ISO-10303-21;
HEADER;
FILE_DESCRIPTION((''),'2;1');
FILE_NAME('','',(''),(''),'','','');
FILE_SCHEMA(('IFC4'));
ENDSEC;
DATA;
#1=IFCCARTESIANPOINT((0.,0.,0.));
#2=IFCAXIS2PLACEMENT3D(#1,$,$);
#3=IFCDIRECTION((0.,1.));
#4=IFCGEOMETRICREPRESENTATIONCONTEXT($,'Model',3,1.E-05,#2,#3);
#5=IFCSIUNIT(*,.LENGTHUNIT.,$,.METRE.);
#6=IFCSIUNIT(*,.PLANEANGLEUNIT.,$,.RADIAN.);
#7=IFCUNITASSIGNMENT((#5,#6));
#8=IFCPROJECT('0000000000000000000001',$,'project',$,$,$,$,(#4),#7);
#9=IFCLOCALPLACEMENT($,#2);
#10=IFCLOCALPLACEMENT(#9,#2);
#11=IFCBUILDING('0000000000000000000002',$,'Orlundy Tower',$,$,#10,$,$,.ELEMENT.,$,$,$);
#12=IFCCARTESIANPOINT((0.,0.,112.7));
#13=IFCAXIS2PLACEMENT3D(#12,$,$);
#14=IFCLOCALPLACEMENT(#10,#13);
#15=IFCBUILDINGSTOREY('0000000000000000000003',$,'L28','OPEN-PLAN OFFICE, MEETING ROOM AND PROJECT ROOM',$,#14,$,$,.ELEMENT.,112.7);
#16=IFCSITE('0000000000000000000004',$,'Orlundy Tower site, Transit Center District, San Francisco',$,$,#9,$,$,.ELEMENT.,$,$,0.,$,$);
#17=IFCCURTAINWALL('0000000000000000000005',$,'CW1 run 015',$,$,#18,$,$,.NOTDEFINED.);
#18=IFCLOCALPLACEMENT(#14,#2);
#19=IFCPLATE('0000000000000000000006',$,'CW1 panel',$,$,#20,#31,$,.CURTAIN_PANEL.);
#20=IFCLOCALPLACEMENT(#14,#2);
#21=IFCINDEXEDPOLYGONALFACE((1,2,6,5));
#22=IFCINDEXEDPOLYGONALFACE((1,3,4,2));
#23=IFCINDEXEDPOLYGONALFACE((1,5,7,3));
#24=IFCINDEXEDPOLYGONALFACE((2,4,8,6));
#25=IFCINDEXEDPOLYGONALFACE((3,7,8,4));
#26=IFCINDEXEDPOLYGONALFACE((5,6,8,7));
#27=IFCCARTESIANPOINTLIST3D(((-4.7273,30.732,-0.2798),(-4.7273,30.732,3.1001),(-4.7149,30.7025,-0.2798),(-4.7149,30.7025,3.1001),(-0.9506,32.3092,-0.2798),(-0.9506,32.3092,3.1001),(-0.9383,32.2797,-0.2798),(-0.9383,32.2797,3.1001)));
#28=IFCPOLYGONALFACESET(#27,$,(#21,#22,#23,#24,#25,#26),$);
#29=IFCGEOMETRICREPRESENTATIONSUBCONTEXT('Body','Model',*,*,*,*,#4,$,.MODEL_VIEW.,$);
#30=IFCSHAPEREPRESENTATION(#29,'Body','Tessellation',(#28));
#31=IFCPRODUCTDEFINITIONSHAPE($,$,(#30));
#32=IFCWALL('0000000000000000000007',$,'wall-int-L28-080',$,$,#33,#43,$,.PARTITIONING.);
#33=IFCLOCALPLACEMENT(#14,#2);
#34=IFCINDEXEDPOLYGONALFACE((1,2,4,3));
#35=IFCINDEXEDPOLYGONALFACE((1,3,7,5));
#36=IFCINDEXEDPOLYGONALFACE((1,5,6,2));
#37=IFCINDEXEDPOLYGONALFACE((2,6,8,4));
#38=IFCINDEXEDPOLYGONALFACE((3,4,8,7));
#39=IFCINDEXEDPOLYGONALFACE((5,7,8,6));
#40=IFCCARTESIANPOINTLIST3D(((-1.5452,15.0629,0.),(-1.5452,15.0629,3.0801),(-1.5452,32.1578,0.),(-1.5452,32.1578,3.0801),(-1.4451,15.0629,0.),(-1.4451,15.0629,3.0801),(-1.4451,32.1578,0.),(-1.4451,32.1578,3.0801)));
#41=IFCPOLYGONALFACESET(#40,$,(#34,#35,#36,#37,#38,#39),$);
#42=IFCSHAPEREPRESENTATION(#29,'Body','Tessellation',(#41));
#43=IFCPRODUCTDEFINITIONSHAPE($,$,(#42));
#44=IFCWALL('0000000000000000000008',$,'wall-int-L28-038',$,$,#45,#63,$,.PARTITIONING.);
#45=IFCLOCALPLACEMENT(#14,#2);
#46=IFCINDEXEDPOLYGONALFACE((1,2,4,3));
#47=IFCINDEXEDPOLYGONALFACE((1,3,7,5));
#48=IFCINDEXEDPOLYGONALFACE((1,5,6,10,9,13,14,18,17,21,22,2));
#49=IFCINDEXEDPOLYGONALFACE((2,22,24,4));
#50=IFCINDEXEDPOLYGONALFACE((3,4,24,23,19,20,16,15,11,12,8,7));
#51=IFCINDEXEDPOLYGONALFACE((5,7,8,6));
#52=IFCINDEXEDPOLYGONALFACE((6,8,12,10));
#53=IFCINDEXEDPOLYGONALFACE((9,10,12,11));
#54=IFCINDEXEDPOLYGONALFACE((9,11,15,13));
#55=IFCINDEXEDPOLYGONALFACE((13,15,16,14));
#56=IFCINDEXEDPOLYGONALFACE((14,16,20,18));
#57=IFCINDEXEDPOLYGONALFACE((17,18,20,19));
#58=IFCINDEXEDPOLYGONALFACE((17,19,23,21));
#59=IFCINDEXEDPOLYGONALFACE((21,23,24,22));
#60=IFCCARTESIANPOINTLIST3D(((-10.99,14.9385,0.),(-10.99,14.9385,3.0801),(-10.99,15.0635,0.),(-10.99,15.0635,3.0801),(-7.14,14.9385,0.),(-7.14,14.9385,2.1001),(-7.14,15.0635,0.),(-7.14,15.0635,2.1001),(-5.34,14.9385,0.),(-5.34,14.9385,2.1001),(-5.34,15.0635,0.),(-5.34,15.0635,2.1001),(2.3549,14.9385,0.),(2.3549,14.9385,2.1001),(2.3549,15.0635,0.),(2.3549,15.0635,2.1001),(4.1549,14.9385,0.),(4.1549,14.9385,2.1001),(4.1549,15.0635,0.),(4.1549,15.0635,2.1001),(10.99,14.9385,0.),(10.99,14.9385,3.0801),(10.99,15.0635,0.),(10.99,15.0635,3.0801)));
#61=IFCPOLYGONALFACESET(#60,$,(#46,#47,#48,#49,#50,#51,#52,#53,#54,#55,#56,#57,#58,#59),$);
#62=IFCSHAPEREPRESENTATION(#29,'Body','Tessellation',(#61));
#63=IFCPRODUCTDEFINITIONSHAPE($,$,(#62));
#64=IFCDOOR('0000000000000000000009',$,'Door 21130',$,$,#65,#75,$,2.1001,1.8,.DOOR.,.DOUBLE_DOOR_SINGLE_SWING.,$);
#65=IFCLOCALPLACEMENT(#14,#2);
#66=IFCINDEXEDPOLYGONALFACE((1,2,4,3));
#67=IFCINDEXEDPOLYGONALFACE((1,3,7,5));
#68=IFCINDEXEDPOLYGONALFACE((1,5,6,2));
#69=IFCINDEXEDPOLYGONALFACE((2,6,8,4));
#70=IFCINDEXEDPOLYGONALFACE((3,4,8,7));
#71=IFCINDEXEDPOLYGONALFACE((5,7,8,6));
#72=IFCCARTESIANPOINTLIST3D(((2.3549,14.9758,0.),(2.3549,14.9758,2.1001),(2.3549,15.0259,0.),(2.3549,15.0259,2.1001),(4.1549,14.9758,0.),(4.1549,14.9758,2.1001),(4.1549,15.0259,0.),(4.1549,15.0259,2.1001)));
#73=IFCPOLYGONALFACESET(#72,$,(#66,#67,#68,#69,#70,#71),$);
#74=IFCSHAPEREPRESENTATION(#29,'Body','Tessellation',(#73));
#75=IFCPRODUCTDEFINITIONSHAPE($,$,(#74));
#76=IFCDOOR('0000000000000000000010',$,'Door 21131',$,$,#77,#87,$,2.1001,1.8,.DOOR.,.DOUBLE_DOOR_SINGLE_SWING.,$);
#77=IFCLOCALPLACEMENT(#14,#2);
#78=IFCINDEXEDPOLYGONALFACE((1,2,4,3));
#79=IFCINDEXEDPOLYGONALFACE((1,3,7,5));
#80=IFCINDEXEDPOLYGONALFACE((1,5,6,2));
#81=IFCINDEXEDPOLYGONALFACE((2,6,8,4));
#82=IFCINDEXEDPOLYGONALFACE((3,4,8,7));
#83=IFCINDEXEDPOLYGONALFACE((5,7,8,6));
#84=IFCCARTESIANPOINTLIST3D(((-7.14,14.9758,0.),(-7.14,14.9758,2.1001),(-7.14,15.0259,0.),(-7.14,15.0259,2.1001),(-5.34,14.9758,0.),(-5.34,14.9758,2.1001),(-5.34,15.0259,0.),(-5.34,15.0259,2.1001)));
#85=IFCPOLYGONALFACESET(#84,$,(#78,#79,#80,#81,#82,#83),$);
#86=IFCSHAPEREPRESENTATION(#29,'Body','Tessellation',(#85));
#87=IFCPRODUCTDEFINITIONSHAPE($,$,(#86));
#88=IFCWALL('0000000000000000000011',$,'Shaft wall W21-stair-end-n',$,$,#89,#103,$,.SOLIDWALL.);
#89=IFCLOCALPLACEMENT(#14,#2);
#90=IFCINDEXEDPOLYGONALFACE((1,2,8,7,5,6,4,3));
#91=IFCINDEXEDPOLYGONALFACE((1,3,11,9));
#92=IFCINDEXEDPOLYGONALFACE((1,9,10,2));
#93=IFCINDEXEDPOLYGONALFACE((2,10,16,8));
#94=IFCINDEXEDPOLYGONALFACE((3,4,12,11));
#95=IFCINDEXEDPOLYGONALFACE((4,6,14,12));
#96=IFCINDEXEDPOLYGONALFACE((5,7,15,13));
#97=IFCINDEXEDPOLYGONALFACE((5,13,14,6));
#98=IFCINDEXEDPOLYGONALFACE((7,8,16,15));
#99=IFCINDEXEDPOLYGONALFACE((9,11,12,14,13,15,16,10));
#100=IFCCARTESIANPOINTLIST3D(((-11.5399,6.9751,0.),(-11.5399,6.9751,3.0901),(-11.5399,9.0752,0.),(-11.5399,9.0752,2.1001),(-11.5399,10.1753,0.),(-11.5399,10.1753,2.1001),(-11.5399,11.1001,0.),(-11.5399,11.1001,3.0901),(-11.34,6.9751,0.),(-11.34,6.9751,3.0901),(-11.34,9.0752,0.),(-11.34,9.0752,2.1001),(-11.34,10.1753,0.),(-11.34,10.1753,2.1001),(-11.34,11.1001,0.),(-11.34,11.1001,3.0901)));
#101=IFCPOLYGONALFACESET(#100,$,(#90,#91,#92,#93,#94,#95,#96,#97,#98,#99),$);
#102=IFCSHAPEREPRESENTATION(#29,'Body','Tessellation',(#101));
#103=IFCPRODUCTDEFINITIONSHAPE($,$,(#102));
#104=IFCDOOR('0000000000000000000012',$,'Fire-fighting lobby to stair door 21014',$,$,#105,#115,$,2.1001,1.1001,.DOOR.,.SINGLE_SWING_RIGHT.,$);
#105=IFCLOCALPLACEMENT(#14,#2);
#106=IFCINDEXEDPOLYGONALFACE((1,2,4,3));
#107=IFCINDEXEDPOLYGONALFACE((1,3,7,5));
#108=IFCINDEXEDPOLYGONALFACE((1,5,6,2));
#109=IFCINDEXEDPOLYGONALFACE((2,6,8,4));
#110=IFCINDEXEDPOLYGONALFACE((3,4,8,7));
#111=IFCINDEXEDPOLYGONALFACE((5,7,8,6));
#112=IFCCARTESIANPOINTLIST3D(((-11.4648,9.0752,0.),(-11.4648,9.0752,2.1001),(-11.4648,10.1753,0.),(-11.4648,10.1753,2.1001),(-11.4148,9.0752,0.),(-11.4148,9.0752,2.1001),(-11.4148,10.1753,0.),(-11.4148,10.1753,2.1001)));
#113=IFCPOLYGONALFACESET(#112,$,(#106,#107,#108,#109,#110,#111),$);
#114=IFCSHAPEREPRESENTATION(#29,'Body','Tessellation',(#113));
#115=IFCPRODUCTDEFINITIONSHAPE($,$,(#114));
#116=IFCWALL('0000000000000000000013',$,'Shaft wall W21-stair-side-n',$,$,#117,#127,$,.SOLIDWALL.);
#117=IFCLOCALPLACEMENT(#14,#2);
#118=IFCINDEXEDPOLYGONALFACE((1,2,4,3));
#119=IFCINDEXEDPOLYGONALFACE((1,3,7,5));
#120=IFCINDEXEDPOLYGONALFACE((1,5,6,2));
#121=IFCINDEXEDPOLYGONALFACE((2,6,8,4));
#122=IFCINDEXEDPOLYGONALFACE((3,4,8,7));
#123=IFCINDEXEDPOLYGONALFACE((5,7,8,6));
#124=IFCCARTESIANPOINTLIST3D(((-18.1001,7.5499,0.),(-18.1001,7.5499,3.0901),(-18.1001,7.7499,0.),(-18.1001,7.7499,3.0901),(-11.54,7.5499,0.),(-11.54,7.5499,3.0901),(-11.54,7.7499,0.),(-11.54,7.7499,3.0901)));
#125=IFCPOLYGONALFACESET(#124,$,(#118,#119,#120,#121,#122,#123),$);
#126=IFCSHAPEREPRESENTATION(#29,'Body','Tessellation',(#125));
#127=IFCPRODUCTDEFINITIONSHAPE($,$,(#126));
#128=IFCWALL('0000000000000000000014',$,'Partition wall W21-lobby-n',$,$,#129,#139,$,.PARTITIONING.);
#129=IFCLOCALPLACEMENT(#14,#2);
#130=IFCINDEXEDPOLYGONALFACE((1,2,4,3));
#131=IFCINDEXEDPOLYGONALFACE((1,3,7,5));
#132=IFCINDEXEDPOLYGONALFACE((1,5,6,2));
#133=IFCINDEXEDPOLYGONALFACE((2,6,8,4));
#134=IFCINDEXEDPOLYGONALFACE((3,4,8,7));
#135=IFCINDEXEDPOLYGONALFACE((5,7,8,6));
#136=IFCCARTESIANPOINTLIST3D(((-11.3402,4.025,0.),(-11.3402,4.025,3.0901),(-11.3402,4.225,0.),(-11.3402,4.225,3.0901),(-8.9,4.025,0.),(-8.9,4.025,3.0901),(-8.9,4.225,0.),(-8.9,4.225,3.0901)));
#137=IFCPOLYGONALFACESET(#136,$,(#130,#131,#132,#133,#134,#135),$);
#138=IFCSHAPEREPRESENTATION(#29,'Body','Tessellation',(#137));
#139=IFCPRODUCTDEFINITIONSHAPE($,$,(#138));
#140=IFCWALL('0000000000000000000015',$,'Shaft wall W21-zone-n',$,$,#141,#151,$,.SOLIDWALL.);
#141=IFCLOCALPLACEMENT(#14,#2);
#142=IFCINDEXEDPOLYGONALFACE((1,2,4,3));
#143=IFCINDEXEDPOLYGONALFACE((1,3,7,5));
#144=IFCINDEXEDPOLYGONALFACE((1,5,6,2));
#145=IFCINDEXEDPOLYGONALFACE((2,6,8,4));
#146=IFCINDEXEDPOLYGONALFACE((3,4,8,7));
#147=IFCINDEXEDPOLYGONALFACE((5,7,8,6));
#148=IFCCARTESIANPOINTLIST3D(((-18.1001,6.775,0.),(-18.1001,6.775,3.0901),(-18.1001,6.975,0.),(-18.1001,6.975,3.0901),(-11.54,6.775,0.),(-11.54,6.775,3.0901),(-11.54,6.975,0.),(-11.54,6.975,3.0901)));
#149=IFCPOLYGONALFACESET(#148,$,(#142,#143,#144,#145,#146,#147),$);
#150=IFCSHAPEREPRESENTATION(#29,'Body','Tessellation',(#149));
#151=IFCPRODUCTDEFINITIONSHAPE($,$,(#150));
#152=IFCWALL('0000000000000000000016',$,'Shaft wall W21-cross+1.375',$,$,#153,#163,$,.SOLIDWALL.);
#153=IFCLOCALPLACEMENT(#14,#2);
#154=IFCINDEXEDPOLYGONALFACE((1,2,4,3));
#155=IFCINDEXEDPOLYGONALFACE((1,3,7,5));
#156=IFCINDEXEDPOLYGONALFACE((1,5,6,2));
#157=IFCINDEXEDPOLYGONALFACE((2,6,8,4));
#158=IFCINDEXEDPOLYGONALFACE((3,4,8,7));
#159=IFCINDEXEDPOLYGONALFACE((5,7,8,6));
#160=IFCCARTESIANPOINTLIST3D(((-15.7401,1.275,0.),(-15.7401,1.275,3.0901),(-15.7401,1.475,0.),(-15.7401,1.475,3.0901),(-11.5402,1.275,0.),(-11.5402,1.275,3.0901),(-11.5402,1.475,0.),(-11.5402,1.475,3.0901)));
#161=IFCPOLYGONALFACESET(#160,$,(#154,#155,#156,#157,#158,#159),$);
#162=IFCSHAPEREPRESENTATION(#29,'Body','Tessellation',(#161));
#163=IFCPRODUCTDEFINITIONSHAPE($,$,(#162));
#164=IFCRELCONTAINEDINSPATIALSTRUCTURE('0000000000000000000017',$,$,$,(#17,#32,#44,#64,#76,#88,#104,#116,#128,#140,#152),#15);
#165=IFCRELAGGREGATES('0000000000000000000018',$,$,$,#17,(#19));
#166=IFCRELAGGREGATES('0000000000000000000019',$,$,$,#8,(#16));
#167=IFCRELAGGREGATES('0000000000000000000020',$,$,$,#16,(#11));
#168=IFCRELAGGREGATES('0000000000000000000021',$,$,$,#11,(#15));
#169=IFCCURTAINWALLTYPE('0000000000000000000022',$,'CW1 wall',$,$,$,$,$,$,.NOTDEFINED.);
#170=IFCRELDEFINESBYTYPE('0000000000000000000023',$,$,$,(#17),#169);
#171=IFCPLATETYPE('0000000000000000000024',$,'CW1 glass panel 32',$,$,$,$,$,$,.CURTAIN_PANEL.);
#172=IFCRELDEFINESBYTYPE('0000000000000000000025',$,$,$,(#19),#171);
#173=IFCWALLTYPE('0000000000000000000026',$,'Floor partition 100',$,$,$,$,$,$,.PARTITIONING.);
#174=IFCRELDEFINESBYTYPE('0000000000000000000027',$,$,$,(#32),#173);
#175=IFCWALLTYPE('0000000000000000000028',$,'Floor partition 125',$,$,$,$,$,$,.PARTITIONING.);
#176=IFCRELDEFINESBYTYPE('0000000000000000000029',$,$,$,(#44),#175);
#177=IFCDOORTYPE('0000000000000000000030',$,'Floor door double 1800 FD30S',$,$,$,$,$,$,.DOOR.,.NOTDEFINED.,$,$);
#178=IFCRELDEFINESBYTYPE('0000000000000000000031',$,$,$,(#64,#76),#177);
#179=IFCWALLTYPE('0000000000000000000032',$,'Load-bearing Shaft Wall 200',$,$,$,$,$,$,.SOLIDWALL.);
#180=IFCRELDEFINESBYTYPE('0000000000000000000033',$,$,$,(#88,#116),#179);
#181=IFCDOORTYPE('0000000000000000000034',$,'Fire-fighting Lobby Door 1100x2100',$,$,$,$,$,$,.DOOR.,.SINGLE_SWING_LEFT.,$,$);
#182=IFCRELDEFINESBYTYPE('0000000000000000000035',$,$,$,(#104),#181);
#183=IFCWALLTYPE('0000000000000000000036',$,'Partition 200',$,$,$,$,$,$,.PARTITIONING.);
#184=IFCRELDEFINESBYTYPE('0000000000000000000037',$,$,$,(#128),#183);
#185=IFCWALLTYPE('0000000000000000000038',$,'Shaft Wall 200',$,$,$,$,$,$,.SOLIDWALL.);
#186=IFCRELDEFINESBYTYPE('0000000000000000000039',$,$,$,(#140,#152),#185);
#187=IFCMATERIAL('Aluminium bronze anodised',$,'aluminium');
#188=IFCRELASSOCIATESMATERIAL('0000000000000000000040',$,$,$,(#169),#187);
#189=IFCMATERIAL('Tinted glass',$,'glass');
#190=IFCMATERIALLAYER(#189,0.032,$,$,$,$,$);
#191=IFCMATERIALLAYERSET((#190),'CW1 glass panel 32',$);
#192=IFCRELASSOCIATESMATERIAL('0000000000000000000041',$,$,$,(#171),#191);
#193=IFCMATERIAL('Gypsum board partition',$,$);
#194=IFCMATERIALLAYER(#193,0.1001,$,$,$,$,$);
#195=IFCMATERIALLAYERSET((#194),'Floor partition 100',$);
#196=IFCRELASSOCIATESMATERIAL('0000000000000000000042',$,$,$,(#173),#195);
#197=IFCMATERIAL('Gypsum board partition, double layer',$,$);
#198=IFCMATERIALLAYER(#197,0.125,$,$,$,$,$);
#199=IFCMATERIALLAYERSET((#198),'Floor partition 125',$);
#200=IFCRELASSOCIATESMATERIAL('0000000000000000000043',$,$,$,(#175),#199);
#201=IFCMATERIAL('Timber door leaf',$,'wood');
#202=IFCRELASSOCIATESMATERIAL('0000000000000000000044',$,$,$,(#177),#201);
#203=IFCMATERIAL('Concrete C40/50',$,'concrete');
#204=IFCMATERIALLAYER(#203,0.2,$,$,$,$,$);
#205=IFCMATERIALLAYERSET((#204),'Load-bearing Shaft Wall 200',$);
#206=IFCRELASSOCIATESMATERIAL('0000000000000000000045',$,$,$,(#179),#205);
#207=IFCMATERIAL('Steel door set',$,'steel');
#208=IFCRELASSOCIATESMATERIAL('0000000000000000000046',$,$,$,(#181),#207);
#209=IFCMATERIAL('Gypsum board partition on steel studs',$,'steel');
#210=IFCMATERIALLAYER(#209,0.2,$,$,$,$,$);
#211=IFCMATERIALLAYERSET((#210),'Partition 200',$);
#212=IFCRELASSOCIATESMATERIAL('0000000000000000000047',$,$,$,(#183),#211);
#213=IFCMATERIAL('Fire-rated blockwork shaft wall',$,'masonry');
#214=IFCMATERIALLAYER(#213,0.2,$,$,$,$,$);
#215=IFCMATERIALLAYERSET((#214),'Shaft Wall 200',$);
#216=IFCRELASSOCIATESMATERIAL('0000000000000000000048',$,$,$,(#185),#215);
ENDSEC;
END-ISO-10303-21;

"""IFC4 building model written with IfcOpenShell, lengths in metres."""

from ifc_helpers import new_model, si_unit, direction, frame, frame_2d, origin, origin_2d, place, context, subcontext, project, spatial, rectangle, extrude, material, layer, layer_set, type_object, element, fill, aggregate, save


model = new_model("IFC4")

# Units and contexts
model_context = context("Model", 3, precision=1e-05, world=origin(), true_north=direction((0.0, 1.0)))
body_context = subcontext(model_context, "Body", "Model", "MODEL_VIEW")
ifc_project = project(units=[si_unit("LENGTHUNIT", "METRE"), si_unit("PLANEANGLEUNIT", "RADIAN")], contexts=[model_context])

# Site, building, storey
site_placement = place(None, origin())
site = spatial("IfcSite", under=ifc_project, at=site_placement, Name="Orlundy Tower site, Transit Center District, San Francisco", CompositionType="ELEMENT", RefElevation=0.0)
building_placement = place(site_placement, origin())
building = spatial("IfcBuilding", under=site, at=building_placement, Name="Orlundy Tower", CompositionType="ELEMENT")
storey_placement = place(building_placement, frame((0.0, 0.0, 112.7)))
storey = spatial("IfcBuildingStorey", under=building, at=storey_placement, Name="L28", Description="OPEN-PLAN OFFICE, MEETING ROOM AND PROJECT ROOM", CompositionType="ELEMENT", Elevation=112.7)

# Curtain wall, plate
ifc_material_1 = material(Name="Aluminium bronze anodised", Category="aluminium")
curtain_wall_type = type_object("IfcCurtainWallType", Name="CW1 wall", PredefinedType="NOTDEFINED", material=ifc_material_1)
curtain_wall_placement = place(storey_placement, origin())
curtain_wall = element("IfcCurtainWall", 1, at=curtain_wall_placement, inside=storey, type_object=curtain_wall_type, Name="CW1 run 015", PredefinedType="NOTDEFINED")
ifc_material_2 = material(Name="Tinted glass", Category="glass")
ifc_layer_1 = layer(ifc_material_2, 0.032)
ifc_layer_set_1 = layer_set([ifc_layer_1], Name="CW1 glass panel 32")
plate_type = type_object("IfcPlateType", Name="CW1 glass panel 32", PredefinedType="CURTAIN_PANEL", material=ifc_layer_set_1)
plate_1_placement = place(storey_placement, frame((-2.8328, 31.5059, -0.2798), z_axis=(0.0, 0.0, 1.0), x_axis=(0.92276, 0.385375, 0.0)))
plate_1 = element("IfcPlate", 2, at=plate_1_placement, type_object=plate_type, Name="CW1 panel", PredefinedType="CURTAIN_PANEL", context=body_context, shape_type="SweptSolid", body=[
    extrude(rectangle(XDim=4.0928, YDim=0.032, at=origin_2d()), origin(), (0.0, 0.0, 1.0), 3.3799),
])
aggregate(curtain_wall, [plate_1])

# Wall
ifc_material_3 = material(Name="Gypsum board partition")
ifc_layer_2 = layer(ifc_material_3, 0.1001)
ifc_layer_set_2 = layer_set([ifc_layer_2], Name="Floor partition 100")
wall_type_1 = type_object("IfcWallType", Name="Floor partition 100", PredefinedType="PARTITIONING", material=ifc_layer_set_2)
wall_1_placement = place(storey_placement, frame((-1.4951, 15.063, 0.0), z_axis=(0.0, 0.0, 1.0), x_axis=(0.0, 1.0, 0.0)))
element("IfcWall", 3, at=wall_1_placement, inside=storey, type_object=wall_type_1, Name="wall-int-L28-080", PredefinedType="PARTITIONING", context=body_context, shape_type="SweptSolid", body=[
    extrude(rectangle(XDim=17.095, YDim=0.1001, at=frame_2d((8.5474, 0.0))), origin(), (0.0, 0.0, 1.0), 3.0801),
])

# Wall, openings, doors
ifc_material_4 = material(Name="Gypsum board partition, double layer")
ifc_layer_3 = layer(ifc_material_4, 0.125)
ifc_layer_set_3 = layer_set([ifc_layer_3], Name="Floor partition 125")
wall_type_2 = type_object("IfcWallType", Name="Floor partition 125", PredefinedType="PARTITIONING", material=ifc_layer_set_3)
wall_2_placement = place(storey_placement, frame((-10.99, 15.001, 0.0), z_axis=(0.0, 0.0, 1.0), x_axis=(1.0, 0.0, 0.0)))
wall_2 = element("IfcWall", 4, at=wall_2_placement, inside=storey, type_object=wall_type_2, Name="wall-int-L28-038", PredefinedType="PARTITIONING", context=body_context, shape_type="SweptSolid", body=[
    extrude(rectangle(XDim=21.98, YDim=0.125, at=frame_2d((10.99, 0.0))), origin(), (0.0, 0.0, 1.0), 3.0801),
])
opening_1_placement = place(wall_2_placement, frame((13.345, 0.0, 0.0)))
opening_1 = element("IfcOpeningElement", 5, at=opening_1_placement, cuts=wall_2, PredefinedType="OPENING", context=body_context, shape_type="SweptSolid", body=[
    extrude(rectangle(XDim=1.8, YDim=2.1001, at=frame_2d((0.8999, 1.05))), frame((0.0, 0.0725, 0.0), z_axis=(0.0, -1.0, 0.0), x_axis=(1.0, 0.0, 0.0)), (0.0, 0.0, 1.0), 0.145),
])
opening_2_placement = place(wall_2_placement, frame((3.8501, 0.0, 0.0)))
opening_2 = element("IfcOpeningElement", 6, at=opening_2_placement, cuts=wall_2, PredefinedType="OPENING", context=body_context, shape_type="SweptSolid", body=[
    extrude(rectangle(XDim=1.8, YDim=2.1001, at=frame_2d((0.8999, 1.05))), frame((0.0, 0.0725, 0.0), z_axis=(0.0, -1.0, 0.0), x_axis=(1.0, 0.0, 0.0)), (0.0, 0.0, 1.0), 0.145),
])
ifc_material_5 = material(Name="Timber door leaf", Category="wood")
door_type_1 = type_object("IfcDoorType", Name="Floor door double 1800 FD30S", OperationType="NOTDEFINED", PredefinedType="DOOR", material=ifc_material_5)
door_1_placement = place(opening_1_placement, origin())
door_1 = element("IfcDoor", 7, at=door_1_placement, inside=storey, type_object=door_type_1, Name="Door 21130", OperationType="DOUBLE_DOOR_SINGLE_SWING", OverallHeight=2.1001, OverallWidth=1.8, PredefinedType="DOOR", context=body_context, shape_type="SweptSolid", body=[
    extrude(rectangle(XDim=1.8, YDim=2.1001, at=frame_2d((0.8999, 1.05))), frame((0.0, 0.0249, 0.0), z_axis=(0.0, -1.0, 0.0), x_axis=(1.0, 0.0, 0.0)), (0.0, 0.0, 1.0), 0.05),
])
fill(opening_1, door_1)
door_2_placement = place(opening_2_placement, origin())
door_2 = element("IfcDoor", 8, at=door_2_placement, inside=storey, type_object=door_type_1, Name="Door 21131", OperationType="DOUBLE_DOOR_SINGLE_SWING", OverallHeight=2.1001, OverallWidth=1.8, PredefinedType="DOOR", context=body_context, shape_type="SweptSolid", body=[
    extrude(rectangle(XDim=1.8, YDim=2.1001, at=frame_2d((0.8999, 1.05))), frame((0.0, 0.0249, 0.0), z_axis=(0.0, -1.0, 0.0), x_axis=(1.0, 0.0, 0.0)), (0.0, 0.0, 1.0), 0.05),
])
fill(opening_2, door_2)

# Wall, opening, door
ifc_material_6 = material(Name="Concrete C40/50", Category="concrete")
ifc_layer_4 = layer(ifc_material_6, 0.2)
ifc_layer_set_4 = layer_set([ifc_layer_4], Name="Load-bearing Shaft Wall 200")
wall_type_3 = type_object("IfcWallType", Name="Load-bearing Shaft Wall 200", PredefinedType="SOLIDWALL", material=ifc_layer_set_4)
wall_3_placement = place(storey_placement, frame((-11.4399, 6.9751, 0.0), z_axis=(0.0, 0.0, 1.0), x_axis=(0.0, 1.0, 0.0)))
wall_3 = element("IfcWall", 9, at=wall_3_placement, inside=storey, type_object=wall_type_3, Name="Shaft wall W21-stair-end-n", PredefinedType="SOLIDWALL", context=body_context, shape_type="SweptSolid", body=[
    extrude(rectangle(XDim=4.125, YDim=0.2, at=frame_2d((2.0625, 0.0))), origin(), (0.0, 0.0, 1.0), 3.0901),
])
opening_3_placement = place(wall_3_placement, frame((2.1001, 0.0, 0.0)))
opening_3 = element("IfcOpeningElement", 10, at=opening_3_placement, cuts=wall_3, PredefinedType="OPENING", context=body_context, shape_type="SweptSolid", body=[
    extrude(rectangle(XDim=1.1001, YDim=2.1001, at=frame_2d((0.55, 1.05))), frame((0.0, 0.1101, 0.0), z_axis=(0.0, -1.0, 0.0), x_axis=(1.0, 0.0, 0.0)), (0.0, 0.0, 1.0), 0.2202),
])
ifc_material_7 = material(Name="Steel door set", Category="steel")
door_type_2 = type_object("IfcDoorType", Name="Fire-fighting Lobby Door 1100x2100", OperationType="SINGLE_SWING_LEFT", PredefinedType="DOOR", material=ifc_material_7)
door_3_placement = place(opening_3_placement, origin())
door_3 = element("IfcDoor", 11, at=door_3_placement, inside=storey, type_object=door_type_2, Name="Fire-fighting lobby to stair door 21014", OperationType="SINGLE_SWING_RIGHT", OverallHeight=2.1001, OverallWidth=1.1001, PredefinedType="DOOR", context=body_context, shape_type="SweptSolid", body=[
    extrude(rectangle(XDim=1.1001, YDim=2.1001, at=frame_2d((0.55, 1.05))), frame((0.0, 0.0249, 0.0), z_axis=(0.0, -1.0, 0.0), x_axis=(1.0, 0.0, 0.0)), (0.0, 0.0, 1.0), 0.05),
])
fill(opening_3, door_3)

# Walls
wall_4_placement = place(storey_placement, frame((-11.54, 7.6499, 0.0), z_axis=(0.0, 0.0, 1.0), x_axis=(-1.0, 0.0, 0.0)))
element("IfcWall", 12, at=wall_4_placement, inside=storey, type_object=wall_type_3, Name="Shaft wall W21-stair-side-n", PredefinedType="SOLIDWALL", context=body_context, shape_type="SweptSolid", body=[
    extrude(rectangle(XDim=6.5601, YDim=0.2, at=frame_2d((3.28, 0.0))), origin(), (0.0, 0.0, 1.0), 3.0901),
])
ifc_material_8 = material(Name="Gypsum board partition on steel studs", Category="steel")
ifc_layer_5 = layer(ifc_material_8, 0.2)
ifc_layer_set_5 = layer_set([ifc_layer_5], Name="Partition 200")
wall_type_4 = type_object("IfcWallType", Name="Partition 200", PredefinedType="PARTITIONING", material=ifc_layer_set_5)
wall_5_placement = place(storey_placement, frame((-8.8999, 4.125, 0.0), z_axis=(0.0, 0.0, 1.0), x_axis=(-1.0, 0.0, 0.0)))
element("IfcWall", 13, at=wall_5_placement, inside=storey, type_object=wall_type_4, Name="Partition wall W21-lobby-n", PredefinedType="PARTITIONING", context=body_context, shape_type="SweptSolid", body=[
    extrude(rectangle(XDim=2.4402, YDim=0.2, at=frame_2d((1.2202, 0.0))), origin(), (0.0, 0.0, 1.0), 3.0901),
])
ifc_material_9 = material(Name="Fire-rated blockwork shaft wall", Category="masonry")
ifc_layer_6 = layer(ifc_material_9, 0.2)
ifc_layer_set_6 = layer_set([ifc_layer_6], Name="Shaft Wall 200")
wall_type_5 = type_object("IfcWallType", Name="Shaft Wall 200", PredefinedType="SOLIDWALL", material=ifc_layer_set_6)
wall_6_placement = place(storey_placement, frame((-11.54, 6.875, 0.0), z_axis=(0.0, 0.0, 1.0), x_axis=(-1.0, 0.0, 0.0)))
element("IfcWall", 14, at=wall_6_placement, inside=storey, type_object=wall_type_5, Name="Shaft wall W21-zone-n", PredefinedType="SOLIDWALL", context=body_context, shape_type="SweptSolid", body=[
    extrude(rectangle(XDim=6.5601, YDim=0.2, at=frame_2d((3.28, 0.0))), origin(), (0.0, 0.0, 1.0), 3.0901),
])
wall_7_placement = place(storey_placement, frame((-11.54, 1.375, 0.0), z_axis=(0.0, 0.0, 1.0), x_axis=(-1.0, 0.0, 0.0)))
element("IfcWall", 15, at=wall_7_placement, inside=storey, type_object=wall_type_5, Name="Shaft wall W21-cross+1.375", PredefinedType="SOLIDWALL", context=body_context, shape_type="SweptSolid", body=[
    extrude(rectangle(XDim=4.2, YDim=0.2, at=frame_2d((2.1001, 0.0))), origin(), (0.0, 0.0, 1.0), 3.0901),
])

save(model, "model.ifc")
